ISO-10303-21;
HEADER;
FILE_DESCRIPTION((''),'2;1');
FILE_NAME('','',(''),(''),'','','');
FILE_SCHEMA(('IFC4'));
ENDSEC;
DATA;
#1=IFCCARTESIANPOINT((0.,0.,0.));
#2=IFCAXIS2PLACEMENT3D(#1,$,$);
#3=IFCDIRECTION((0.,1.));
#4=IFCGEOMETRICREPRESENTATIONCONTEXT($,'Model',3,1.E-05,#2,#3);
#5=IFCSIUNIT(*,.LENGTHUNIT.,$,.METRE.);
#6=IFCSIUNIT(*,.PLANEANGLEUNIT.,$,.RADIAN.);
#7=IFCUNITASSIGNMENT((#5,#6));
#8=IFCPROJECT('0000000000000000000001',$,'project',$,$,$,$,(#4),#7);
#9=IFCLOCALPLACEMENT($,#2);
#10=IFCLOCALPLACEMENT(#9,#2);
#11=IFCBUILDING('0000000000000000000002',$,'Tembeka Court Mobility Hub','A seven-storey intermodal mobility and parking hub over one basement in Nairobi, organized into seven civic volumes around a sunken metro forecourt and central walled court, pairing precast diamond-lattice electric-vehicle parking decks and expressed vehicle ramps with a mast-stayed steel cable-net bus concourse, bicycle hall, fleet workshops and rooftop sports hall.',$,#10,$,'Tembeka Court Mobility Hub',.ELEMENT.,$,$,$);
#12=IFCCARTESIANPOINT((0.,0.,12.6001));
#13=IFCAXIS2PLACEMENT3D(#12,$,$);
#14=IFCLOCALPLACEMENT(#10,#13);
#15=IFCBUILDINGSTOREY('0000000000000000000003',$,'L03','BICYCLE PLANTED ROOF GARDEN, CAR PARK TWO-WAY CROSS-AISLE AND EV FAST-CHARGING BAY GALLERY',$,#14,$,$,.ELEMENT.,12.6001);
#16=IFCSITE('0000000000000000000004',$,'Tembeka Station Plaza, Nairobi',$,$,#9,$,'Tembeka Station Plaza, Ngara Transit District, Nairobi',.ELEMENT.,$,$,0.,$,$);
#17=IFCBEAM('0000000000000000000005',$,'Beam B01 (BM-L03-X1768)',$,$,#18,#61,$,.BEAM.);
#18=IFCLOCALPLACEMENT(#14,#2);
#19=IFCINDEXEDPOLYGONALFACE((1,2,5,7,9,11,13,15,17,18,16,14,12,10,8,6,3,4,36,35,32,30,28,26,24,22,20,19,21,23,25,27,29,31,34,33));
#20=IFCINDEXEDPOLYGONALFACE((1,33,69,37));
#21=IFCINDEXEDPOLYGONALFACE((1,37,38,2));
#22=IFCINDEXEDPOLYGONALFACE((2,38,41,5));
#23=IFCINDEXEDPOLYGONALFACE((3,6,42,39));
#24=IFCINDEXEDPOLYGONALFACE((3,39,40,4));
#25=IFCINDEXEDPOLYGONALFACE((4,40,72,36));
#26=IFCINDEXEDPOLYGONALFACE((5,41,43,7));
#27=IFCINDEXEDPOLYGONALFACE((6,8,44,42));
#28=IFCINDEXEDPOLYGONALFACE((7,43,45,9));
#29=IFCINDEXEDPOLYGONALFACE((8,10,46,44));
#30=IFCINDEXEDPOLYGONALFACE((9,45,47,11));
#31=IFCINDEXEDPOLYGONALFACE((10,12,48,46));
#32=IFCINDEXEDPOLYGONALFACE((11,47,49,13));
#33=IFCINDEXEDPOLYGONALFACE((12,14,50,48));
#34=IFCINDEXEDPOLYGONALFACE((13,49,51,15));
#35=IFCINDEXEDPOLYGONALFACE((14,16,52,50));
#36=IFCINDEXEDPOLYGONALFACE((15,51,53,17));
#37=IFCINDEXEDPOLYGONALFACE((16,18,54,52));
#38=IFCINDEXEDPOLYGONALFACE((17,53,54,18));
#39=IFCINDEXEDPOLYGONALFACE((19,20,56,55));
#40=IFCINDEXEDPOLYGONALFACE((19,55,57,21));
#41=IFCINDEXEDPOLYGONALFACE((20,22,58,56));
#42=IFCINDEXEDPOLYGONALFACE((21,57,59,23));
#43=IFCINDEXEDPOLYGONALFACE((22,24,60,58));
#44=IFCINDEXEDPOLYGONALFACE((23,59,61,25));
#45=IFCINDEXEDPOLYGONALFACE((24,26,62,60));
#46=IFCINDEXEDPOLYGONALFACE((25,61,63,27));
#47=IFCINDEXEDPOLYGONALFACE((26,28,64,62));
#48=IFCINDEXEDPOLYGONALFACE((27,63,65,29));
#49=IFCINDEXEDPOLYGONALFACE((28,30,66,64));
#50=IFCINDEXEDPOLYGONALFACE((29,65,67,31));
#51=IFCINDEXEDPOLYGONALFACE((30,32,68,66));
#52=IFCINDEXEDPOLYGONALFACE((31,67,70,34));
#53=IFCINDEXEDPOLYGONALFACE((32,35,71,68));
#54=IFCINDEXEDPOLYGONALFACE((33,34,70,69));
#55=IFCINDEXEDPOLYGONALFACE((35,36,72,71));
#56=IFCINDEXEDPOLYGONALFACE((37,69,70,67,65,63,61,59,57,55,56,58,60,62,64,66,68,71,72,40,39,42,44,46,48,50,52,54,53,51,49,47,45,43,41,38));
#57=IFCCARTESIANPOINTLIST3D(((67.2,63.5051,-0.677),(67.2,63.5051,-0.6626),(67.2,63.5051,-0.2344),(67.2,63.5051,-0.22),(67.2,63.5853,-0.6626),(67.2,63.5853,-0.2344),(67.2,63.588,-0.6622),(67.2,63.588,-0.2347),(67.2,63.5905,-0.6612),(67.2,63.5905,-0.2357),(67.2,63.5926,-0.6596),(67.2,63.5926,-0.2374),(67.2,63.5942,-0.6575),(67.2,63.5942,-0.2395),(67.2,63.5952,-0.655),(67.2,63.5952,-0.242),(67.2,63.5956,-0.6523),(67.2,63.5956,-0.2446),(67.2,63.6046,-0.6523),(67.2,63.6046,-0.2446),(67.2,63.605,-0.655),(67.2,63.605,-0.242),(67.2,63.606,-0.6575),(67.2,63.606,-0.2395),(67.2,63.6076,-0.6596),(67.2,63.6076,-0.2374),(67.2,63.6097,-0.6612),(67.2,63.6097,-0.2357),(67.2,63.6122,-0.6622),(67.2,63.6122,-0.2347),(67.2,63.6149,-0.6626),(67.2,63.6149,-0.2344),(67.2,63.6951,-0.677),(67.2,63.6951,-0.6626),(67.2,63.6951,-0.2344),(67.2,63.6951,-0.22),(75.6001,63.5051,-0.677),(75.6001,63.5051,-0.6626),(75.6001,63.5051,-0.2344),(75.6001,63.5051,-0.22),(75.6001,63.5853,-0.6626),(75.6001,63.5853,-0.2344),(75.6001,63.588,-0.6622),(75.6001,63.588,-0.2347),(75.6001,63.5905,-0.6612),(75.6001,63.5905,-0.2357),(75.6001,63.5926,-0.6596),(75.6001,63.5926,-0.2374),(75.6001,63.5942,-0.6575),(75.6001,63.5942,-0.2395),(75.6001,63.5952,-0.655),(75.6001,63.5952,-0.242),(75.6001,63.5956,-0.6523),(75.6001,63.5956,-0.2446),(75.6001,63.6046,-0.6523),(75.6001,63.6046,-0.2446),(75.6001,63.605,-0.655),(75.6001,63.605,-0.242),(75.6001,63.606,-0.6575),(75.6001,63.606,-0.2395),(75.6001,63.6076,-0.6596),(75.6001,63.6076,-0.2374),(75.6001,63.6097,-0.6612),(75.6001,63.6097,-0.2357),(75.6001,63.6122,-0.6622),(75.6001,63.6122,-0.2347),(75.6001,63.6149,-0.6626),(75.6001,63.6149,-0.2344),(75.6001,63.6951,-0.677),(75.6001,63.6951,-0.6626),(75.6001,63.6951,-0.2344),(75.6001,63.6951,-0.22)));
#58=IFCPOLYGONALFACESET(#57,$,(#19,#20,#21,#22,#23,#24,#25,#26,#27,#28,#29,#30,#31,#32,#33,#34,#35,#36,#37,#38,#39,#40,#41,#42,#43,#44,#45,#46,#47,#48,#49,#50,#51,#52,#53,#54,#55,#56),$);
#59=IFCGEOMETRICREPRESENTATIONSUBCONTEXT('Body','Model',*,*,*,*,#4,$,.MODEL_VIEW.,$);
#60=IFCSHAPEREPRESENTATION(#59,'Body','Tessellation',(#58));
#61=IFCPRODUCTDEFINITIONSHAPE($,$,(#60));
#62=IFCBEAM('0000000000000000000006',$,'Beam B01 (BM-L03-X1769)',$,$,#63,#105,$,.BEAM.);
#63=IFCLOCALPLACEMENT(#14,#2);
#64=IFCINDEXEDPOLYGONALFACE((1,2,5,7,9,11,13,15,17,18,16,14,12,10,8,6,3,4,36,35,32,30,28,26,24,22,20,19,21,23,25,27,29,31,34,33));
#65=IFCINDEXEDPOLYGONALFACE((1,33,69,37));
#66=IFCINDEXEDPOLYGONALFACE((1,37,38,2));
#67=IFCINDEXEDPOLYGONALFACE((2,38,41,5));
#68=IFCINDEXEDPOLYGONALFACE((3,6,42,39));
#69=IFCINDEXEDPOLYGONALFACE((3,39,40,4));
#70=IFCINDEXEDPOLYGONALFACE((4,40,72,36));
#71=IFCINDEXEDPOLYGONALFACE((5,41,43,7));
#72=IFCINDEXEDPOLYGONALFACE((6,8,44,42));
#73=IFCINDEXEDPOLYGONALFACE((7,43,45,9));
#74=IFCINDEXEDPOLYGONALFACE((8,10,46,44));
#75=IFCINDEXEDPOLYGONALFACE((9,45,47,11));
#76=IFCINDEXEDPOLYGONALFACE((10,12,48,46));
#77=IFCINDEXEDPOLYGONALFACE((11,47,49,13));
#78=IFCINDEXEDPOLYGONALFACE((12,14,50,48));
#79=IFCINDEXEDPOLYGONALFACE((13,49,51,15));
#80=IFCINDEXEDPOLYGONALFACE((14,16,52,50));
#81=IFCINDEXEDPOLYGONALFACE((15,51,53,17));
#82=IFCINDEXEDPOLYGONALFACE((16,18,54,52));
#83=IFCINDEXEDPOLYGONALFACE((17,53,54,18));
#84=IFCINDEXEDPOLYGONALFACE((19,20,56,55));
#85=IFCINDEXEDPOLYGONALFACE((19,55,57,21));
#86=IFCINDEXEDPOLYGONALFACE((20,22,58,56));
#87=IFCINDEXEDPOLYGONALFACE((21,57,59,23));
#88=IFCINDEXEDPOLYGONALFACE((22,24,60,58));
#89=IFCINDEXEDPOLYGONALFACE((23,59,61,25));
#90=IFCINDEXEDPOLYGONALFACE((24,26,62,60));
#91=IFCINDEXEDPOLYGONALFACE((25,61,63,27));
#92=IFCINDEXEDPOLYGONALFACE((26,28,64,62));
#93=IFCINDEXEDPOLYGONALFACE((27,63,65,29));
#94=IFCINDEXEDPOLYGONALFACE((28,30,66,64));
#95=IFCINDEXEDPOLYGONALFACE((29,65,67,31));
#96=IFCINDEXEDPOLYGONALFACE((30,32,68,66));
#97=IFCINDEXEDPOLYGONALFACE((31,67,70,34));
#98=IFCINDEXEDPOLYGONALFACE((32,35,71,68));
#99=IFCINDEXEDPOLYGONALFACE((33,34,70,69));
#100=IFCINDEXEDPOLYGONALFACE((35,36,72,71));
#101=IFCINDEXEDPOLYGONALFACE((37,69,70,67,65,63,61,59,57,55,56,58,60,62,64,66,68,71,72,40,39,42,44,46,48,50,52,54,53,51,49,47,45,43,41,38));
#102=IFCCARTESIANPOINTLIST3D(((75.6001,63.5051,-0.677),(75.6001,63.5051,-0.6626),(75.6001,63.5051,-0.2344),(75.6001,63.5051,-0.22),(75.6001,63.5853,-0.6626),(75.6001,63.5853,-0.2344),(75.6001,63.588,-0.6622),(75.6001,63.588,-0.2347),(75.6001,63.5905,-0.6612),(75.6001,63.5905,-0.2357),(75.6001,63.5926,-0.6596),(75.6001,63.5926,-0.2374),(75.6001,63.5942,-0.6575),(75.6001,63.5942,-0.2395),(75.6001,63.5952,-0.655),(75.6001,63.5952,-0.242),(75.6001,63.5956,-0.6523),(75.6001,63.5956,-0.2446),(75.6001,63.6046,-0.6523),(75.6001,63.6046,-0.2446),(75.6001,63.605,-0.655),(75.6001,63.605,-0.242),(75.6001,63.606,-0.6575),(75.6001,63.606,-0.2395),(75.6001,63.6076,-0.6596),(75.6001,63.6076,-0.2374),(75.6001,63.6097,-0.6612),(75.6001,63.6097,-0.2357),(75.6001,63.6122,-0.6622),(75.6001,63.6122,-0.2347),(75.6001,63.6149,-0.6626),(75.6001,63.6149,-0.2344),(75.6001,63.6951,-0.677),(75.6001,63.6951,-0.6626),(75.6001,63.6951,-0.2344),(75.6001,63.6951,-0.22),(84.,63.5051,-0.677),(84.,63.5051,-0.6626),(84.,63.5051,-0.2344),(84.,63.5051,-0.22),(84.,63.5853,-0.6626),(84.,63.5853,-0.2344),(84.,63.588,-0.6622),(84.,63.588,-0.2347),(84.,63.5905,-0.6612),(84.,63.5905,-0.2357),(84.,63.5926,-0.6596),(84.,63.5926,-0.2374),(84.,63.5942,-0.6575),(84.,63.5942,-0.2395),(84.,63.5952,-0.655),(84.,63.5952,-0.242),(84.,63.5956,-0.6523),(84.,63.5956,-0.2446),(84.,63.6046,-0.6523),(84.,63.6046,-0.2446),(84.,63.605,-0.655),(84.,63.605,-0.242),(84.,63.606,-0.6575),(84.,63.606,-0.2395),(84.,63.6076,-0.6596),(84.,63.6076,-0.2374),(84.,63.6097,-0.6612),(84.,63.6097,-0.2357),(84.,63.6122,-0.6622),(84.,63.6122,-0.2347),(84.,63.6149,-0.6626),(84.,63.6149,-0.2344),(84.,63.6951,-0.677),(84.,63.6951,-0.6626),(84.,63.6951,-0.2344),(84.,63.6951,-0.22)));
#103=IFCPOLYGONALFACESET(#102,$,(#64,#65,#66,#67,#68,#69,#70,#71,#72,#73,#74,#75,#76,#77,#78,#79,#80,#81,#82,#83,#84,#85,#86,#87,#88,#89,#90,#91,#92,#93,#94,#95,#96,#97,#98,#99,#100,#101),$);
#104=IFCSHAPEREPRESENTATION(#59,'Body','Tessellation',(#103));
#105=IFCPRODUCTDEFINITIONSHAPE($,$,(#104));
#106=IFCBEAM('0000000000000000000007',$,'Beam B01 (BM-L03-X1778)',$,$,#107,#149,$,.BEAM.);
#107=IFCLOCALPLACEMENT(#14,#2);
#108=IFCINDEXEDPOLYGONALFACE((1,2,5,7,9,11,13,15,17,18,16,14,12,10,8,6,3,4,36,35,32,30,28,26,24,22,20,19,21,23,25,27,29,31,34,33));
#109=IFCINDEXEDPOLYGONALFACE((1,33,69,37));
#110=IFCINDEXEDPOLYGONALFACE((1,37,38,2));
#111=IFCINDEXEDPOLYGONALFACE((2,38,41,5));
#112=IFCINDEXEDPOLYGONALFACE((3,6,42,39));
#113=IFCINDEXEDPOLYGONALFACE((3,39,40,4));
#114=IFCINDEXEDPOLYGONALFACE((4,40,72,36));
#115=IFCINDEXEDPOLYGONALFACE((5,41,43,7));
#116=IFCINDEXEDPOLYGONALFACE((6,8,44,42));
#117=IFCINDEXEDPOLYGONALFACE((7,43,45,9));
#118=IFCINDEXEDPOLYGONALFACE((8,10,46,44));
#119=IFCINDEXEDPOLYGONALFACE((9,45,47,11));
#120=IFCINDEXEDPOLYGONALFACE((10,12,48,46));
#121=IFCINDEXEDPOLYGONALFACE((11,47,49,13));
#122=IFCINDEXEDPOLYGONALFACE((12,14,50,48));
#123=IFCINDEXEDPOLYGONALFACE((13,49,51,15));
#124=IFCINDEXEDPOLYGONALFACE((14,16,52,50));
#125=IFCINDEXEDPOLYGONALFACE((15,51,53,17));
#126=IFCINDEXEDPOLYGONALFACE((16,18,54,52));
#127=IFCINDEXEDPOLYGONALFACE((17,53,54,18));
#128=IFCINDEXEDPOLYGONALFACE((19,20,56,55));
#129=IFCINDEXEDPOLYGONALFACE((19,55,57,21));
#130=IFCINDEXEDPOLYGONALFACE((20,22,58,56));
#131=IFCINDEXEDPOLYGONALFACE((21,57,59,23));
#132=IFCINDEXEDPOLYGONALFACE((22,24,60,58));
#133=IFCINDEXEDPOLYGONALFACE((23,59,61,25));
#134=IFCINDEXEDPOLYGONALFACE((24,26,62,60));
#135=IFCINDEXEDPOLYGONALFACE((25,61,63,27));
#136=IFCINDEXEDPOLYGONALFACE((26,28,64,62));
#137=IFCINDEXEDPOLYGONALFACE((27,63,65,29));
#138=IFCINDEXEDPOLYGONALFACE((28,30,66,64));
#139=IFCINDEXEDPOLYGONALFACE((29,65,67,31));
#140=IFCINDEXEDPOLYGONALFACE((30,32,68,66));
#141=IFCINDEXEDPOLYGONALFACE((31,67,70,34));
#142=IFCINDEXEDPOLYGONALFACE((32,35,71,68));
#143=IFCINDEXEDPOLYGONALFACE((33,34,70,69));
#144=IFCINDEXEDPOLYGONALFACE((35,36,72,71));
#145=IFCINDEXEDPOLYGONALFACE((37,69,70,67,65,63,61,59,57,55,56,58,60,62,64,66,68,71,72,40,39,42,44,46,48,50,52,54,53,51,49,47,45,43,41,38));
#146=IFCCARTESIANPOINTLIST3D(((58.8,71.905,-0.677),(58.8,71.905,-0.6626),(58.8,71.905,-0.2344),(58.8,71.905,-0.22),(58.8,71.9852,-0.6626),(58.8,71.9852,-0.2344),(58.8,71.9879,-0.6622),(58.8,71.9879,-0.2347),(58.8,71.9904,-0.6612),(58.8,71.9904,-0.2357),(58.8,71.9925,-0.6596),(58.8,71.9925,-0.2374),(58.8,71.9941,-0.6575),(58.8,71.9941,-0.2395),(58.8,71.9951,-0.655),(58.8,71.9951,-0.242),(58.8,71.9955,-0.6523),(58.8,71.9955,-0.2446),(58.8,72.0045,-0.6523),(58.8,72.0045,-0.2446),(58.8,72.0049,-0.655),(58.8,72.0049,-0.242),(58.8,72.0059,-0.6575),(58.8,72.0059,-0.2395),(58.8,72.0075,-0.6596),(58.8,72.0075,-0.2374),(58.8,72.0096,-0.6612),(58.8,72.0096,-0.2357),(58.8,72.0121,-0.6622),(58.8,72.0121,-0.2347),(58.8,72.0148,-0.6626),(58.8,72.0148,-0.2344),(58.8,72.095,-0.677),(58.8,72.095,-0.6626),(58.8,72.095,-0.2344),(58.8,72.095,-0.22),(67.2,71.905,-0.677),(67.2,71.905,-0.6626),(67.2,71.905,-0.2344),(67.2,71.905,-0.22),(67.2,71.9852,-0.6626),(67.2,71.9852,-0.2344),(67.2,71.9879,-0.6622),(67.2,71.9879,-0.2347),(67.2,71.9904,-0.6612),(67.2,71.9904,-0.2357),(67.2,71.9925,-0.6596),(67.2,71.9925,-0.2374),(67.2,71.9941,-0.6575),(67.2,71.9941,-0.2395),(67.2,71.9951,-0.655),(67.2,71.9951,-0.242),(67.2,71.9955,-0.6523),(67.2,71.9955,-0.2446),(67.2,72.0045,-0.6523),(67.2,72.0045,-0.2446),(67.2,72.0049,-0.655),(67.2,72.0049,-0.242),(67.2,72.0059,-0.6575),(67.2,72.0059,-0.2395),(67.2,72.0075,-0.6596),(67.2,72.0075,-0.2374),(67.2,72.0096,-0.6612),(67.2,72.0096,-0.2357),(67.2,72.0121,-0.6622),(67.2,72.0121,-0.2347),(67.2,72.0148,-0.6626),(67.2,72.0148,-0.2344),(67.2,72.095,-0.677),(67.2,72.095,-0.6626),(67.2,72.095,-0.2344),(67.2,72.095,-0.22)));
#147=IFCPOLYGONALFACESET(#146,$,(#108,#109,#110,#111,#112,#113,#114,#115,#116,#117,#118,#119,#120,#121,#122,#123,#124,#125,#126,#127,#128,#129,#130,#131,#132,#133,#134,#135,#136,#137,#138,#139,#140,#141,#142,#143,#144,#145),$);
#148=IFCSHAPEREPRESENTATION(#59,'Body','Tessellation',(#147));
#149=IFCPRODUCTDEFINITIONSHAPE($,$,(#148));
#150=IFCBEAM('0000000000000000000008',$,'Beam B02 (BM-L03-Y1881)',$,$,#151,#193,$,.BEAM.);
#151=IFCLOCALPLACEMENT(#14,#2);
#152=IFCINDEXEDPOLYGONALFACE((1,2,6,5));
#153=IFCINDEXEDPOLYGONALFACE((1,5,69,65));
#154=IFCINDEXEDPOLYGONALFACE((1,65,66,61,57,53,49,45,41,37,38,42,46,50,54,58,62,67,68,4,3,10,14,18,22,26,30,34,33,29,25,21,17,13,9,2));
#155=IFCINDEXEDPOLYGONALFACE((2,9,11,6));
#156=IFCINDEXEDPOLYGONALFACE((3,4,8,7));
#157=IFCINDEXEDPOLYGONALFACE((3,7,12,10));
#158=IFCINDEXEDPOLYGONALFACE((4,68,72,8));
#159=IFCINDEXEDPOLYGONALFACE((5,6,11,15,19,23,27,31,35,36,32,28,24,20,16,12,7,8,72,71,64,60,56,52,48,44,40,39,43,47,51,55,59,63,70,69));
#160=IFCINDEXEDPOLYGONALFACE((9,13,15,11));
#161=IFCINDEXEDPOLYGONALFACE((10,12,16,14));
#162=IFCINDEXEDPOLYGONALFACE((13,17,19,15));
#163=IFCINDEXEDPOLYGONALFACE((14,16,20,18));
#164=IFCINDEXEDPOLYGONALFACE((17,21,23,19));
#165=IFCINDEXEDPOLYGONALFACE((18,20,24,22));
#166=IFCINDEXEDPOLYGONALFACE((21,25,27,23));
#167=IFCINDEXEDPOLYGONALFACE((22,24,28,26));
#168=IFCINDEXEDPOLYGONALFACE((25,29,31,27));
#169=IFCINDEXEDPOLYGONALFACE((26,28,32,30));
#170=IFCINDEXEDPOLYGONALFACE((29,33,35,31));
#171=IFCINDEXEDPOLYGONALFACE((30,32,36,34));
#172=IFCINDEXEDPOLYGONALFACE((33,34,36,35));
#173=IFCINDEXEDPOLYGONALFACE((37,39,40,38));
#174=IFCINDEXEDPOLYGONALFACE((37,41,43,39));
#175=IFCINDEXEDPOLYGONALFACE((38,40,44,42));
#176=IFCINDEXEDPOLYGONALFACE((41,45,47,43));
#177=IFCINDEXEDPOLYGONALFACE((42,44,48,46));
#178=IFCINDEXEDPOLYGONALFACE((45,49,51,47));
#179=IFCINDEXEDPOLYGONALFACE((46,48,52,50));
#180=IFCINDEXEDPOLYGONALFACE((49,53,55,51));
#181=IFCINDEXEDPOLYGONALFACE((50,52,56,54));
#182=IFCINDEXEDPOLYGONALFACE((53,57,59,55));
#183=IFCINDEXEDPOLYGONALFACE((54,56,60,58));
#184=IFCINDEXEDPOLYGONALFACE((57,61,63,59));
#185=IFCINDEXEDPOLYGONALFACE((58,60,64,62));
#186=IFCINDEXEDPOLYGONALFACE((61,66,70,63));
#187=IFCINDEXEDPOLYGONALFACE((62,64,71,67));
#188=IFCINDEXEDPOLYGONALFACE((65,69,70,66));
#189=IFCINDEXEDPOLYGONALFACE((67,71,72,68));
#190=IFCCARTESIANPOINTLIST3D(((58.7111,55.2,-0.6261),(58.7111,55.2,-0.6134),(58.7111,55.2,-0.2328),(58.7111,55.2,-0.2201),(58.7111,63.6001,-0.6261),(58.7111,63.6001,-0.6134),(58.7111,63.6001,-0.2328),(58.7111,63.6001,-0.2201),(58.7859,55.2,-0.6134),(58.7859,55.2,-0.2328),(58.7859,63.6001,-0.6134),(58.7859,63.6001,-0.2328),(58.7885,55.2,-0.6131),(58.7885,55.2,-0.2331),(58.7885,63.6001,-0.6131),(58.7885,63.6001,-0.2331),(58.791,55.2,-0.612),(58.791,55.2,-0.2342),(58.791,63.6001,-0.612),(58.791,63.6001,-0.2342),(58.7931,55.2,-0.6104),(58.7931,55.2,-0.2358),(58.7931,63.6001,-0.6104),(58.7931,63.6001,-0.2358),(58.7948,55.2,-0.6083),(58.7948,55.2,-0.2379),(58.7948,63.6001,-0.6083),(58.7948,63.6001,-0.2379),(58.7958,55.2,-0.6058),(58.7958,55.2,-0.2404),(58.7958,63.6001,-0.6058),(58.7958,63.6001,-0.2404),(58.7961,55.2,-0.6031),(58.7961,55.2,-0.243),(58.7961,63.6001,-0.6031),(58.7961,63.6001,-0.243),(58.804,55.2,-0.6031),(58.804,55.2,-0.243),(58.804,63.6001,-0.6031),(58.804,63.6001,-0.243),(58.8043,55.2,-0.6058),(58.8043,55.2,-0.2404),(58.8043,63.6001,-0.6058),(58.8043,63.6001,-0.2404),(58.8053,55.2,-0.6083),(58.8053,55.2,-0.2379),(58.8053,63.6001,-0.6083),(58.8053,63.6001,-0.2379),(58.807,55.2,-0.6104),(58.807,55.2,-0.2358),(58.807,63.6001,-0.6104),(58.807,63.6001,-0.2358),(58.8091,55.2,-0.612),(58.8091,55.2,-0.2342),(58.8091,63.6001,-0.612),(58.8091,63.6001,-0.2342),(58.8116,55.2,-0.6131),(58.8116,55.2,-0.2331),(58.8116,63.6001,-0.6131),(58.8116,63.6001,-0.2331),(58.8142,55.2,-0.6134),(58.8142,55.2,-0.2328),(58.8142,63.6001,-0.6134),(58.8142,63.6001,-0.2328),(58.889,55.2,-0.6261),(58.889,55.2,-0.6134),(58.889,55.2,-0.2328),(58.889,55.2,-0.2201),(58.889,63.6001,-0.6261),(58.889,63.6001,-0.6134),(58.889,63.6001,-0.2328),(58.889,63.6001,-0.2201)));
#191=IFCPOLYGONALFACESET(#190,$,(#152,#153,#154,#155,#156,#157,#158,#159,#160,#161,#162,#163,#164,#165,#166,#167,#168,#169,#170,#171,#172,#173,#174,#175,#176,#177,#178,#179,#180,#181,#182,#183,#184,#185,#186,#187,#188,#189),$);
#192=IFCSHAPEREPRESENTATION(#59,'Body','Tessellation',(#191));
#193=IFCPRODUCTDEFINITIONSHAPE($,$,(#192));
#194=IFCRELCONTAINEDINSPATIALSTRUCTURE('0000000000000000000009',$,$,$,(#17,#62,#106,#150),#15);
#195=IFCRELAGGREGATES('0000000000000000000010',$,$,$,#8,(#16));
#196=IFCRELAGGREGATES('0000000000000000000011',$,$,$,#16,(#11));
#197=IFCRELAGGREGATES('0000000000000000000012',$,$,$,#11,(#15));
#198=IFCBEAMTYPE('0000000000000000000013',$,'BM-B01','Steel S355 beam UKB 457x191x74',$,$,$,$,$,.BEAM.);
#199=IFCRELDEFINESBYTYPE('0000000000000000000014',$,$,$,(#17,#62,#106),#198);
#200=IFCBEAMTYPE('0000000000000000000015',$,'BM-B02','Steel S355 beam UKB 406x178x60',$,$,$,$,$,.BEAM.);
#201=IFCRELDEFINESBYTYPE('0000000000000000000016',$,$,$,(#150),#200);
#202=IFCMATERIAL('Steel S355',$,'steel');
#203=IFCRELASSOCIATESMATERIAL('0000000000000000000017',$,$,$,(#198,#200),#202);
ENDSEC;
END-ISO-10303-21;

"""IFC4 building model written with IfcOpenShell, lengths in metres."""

from ifc_helpers import new_model, si_unit, direction, frame, origin, origin_2d, place, context, subcontext, project, spatial, i_section, extrude, material, material_profile, profile_set, type_object, element, save


model = new_model("IFC4")

# Units and contexts
model_context = context("Model", 3, precision=1e-05, world=origin(), true_north=direction((0.0, 1.0)))
body_context = subcontext(model_context, "Body", "Model", "MODEL_VIEW")
ifc_project = project(units=[si_unit("LENGTHUNIT", "METRE"), si_unit("PLANEANGLEUNIT", "RADIAN")], contexts=[model_context])

# Site, building, storey
site_placement = place(None, origin())
site = spatial("IfcSite", under=ifc_project, at=site_placement, Name="Tembeka Station Plaza, Nairobi", LongName="Tembeka Station Plaza, Ngara Transit District, Nairobi", CompositionType="ELEMENT", RefElevation=0.0)
building_placement = place(site_placement, origin())
building = spatial("IfcBuilding", under=site, at=building_placement, Name="Tembeka Court Mobility Hub", Description="A seven-storey intermodal mobility and parking hub over one basement in Nairobi, organized into seven civic volumes around a sunken metro forecourt and central walled court, pairing precast diamond-lattice electric-vehicle parking decks and expressed vehicle ramps with a mast-stayed steel cable-net bus concourse, bicycle hall, fleet workshops and rooftop sports hall.", LongName="Tembeka Court Mobility Hub", CompositionType="ELEMENT")
storey_placement = place(building_placement, frame((0.0, 0.0, 12.6001)))
storey = spatial("IfcBuildingStorey", under=building, at=storey_placement, Name="L03", Description="BICYCLE PLANTED ROOF GARDEN, CAR PARK TWO-WAY CROSS-AISLE AND EV FAST-CHARGING BAY GALLERY", CompositionType="ELEMENT", Elevation=12.6001)

# Shared definitions
ifc_material_1 = material(Name="Steel S355", Category="steel")

# Beams
ifc_material_profile_1 = material_profile(ifc_material_1, i_section(OverallWidth=0.1899, OverallDepth=0.457, WebThickness=0.009, FlangeThickness=0.0144, FilletRadius=0.0103, at=origin_2d()), Name="UKB 457x191x74")
ifc_profile_set_1 = profile_set([ifc_material_profile_1], Name="Steel S355")
beam_type_1 = type_object("IfcBeamType", Name="BM-B01", Description="Steel S355 beam UKB 457x191x74", PredefinedType="BEAM", material=ifc_profile_set_1)
beam_1_placement = place(storey_placement, frame((67.2, 63.6001, -0.4485), z_axis=(1.0, 0.0, 0.0), x_axis=(0.0, 1.0, 0.0)))
element("IfcBeam", 1, at=beam_1_placement, inside=storey, type_object=beam_type_1, Name="Beam B01 (BM-L03-X1768)", PredefinedType="BEAM", context=body_context, shape_type="SweptSolid", body=[
    extrude(i_section(OverallWidth=0.1899, OverallDepth=0.457, WebThickness=0.009, FlangeThickness=0.0144, FilletRadius=0.0103, at=origin_2d()), origin(), (0.0, 0.0, 1.0), 8.4001),
])
for number, where, z_axis, x_axis, name in (
    (2, (75.6001, 63.6001, -0.4485), (1.0, 0.0, 0.0), (0.0, 1.0, 0.0), "Beam B01 (BM-L03-X1769)"),
    (3, (58.8, 72.0, -0.4485), (1.0, 0.0, 0.0), (0.0, 1.0, 0.0), "Beam B01 (BM-L03-X1778)"),
):
    element("IfcBeam", number, at=place(storey_placement, frame(where, z_axis=z_axis, x_axis=x_axis)), inside=storey, type_object=beam_type_1, Name=name, PredefinedType="BEAM", context=body_context, shape_type="SweptSolid", body=[
        extrude(i_section(OverallWidth=0.1899, OverallDepth=0.457, WebThickness=0.009, FlangeThickness=0.0144, FilletRadius=0.0103, at=origin_2d()), origin(), (0.0, 0.0, 1.0), 8.3999),
    ])
ifc_material_profile_2 = material_profile(ifc_material_1, i_section(OverallWidth=0.178, OverallDepth=0.406, WebThickness=0.0078, FlangeThickness=0.0127, FilletRadius=0.0103, at=origin_2d()), Name="UKB 406x178x60")
ifc_profile_set_2 = profile_set([ifc_material_profile_2], Name="Steel S355")
beam_type_2 = type_object("IfcBeamType", Name="BM-B02", Description="Steel S355 beam UKB 406x178x60", PredefinedType="BEAM", material=ifc_profile_set_2)
beam_2_placement = place(storey_placement, frame((58.8, 55.2, -0.4231), z_axis=(0.0, 1.0, 0.0), x_axis=(-1.0, 0.0, 0.0)))
element("IfcBeam", 4, at=beam_2_placement, inside=storey, type_object=beam_type_2, Name="Beam B02 (BM-L03-Y1881)", PredefinedType="BEAM", context=body_context, shape_type="SweptSolid", body=[
    extrude(i_section(OverallWidth=0.178, OverallDepth=0.406, WebThickness=0.0078, FlangeThickness=0.0127, FilletRadius=0.0103, at=origin_2d()), origin(), (0.0, 0.0, 1.0), 8.4001),
])

save(model, "model.ifc")
